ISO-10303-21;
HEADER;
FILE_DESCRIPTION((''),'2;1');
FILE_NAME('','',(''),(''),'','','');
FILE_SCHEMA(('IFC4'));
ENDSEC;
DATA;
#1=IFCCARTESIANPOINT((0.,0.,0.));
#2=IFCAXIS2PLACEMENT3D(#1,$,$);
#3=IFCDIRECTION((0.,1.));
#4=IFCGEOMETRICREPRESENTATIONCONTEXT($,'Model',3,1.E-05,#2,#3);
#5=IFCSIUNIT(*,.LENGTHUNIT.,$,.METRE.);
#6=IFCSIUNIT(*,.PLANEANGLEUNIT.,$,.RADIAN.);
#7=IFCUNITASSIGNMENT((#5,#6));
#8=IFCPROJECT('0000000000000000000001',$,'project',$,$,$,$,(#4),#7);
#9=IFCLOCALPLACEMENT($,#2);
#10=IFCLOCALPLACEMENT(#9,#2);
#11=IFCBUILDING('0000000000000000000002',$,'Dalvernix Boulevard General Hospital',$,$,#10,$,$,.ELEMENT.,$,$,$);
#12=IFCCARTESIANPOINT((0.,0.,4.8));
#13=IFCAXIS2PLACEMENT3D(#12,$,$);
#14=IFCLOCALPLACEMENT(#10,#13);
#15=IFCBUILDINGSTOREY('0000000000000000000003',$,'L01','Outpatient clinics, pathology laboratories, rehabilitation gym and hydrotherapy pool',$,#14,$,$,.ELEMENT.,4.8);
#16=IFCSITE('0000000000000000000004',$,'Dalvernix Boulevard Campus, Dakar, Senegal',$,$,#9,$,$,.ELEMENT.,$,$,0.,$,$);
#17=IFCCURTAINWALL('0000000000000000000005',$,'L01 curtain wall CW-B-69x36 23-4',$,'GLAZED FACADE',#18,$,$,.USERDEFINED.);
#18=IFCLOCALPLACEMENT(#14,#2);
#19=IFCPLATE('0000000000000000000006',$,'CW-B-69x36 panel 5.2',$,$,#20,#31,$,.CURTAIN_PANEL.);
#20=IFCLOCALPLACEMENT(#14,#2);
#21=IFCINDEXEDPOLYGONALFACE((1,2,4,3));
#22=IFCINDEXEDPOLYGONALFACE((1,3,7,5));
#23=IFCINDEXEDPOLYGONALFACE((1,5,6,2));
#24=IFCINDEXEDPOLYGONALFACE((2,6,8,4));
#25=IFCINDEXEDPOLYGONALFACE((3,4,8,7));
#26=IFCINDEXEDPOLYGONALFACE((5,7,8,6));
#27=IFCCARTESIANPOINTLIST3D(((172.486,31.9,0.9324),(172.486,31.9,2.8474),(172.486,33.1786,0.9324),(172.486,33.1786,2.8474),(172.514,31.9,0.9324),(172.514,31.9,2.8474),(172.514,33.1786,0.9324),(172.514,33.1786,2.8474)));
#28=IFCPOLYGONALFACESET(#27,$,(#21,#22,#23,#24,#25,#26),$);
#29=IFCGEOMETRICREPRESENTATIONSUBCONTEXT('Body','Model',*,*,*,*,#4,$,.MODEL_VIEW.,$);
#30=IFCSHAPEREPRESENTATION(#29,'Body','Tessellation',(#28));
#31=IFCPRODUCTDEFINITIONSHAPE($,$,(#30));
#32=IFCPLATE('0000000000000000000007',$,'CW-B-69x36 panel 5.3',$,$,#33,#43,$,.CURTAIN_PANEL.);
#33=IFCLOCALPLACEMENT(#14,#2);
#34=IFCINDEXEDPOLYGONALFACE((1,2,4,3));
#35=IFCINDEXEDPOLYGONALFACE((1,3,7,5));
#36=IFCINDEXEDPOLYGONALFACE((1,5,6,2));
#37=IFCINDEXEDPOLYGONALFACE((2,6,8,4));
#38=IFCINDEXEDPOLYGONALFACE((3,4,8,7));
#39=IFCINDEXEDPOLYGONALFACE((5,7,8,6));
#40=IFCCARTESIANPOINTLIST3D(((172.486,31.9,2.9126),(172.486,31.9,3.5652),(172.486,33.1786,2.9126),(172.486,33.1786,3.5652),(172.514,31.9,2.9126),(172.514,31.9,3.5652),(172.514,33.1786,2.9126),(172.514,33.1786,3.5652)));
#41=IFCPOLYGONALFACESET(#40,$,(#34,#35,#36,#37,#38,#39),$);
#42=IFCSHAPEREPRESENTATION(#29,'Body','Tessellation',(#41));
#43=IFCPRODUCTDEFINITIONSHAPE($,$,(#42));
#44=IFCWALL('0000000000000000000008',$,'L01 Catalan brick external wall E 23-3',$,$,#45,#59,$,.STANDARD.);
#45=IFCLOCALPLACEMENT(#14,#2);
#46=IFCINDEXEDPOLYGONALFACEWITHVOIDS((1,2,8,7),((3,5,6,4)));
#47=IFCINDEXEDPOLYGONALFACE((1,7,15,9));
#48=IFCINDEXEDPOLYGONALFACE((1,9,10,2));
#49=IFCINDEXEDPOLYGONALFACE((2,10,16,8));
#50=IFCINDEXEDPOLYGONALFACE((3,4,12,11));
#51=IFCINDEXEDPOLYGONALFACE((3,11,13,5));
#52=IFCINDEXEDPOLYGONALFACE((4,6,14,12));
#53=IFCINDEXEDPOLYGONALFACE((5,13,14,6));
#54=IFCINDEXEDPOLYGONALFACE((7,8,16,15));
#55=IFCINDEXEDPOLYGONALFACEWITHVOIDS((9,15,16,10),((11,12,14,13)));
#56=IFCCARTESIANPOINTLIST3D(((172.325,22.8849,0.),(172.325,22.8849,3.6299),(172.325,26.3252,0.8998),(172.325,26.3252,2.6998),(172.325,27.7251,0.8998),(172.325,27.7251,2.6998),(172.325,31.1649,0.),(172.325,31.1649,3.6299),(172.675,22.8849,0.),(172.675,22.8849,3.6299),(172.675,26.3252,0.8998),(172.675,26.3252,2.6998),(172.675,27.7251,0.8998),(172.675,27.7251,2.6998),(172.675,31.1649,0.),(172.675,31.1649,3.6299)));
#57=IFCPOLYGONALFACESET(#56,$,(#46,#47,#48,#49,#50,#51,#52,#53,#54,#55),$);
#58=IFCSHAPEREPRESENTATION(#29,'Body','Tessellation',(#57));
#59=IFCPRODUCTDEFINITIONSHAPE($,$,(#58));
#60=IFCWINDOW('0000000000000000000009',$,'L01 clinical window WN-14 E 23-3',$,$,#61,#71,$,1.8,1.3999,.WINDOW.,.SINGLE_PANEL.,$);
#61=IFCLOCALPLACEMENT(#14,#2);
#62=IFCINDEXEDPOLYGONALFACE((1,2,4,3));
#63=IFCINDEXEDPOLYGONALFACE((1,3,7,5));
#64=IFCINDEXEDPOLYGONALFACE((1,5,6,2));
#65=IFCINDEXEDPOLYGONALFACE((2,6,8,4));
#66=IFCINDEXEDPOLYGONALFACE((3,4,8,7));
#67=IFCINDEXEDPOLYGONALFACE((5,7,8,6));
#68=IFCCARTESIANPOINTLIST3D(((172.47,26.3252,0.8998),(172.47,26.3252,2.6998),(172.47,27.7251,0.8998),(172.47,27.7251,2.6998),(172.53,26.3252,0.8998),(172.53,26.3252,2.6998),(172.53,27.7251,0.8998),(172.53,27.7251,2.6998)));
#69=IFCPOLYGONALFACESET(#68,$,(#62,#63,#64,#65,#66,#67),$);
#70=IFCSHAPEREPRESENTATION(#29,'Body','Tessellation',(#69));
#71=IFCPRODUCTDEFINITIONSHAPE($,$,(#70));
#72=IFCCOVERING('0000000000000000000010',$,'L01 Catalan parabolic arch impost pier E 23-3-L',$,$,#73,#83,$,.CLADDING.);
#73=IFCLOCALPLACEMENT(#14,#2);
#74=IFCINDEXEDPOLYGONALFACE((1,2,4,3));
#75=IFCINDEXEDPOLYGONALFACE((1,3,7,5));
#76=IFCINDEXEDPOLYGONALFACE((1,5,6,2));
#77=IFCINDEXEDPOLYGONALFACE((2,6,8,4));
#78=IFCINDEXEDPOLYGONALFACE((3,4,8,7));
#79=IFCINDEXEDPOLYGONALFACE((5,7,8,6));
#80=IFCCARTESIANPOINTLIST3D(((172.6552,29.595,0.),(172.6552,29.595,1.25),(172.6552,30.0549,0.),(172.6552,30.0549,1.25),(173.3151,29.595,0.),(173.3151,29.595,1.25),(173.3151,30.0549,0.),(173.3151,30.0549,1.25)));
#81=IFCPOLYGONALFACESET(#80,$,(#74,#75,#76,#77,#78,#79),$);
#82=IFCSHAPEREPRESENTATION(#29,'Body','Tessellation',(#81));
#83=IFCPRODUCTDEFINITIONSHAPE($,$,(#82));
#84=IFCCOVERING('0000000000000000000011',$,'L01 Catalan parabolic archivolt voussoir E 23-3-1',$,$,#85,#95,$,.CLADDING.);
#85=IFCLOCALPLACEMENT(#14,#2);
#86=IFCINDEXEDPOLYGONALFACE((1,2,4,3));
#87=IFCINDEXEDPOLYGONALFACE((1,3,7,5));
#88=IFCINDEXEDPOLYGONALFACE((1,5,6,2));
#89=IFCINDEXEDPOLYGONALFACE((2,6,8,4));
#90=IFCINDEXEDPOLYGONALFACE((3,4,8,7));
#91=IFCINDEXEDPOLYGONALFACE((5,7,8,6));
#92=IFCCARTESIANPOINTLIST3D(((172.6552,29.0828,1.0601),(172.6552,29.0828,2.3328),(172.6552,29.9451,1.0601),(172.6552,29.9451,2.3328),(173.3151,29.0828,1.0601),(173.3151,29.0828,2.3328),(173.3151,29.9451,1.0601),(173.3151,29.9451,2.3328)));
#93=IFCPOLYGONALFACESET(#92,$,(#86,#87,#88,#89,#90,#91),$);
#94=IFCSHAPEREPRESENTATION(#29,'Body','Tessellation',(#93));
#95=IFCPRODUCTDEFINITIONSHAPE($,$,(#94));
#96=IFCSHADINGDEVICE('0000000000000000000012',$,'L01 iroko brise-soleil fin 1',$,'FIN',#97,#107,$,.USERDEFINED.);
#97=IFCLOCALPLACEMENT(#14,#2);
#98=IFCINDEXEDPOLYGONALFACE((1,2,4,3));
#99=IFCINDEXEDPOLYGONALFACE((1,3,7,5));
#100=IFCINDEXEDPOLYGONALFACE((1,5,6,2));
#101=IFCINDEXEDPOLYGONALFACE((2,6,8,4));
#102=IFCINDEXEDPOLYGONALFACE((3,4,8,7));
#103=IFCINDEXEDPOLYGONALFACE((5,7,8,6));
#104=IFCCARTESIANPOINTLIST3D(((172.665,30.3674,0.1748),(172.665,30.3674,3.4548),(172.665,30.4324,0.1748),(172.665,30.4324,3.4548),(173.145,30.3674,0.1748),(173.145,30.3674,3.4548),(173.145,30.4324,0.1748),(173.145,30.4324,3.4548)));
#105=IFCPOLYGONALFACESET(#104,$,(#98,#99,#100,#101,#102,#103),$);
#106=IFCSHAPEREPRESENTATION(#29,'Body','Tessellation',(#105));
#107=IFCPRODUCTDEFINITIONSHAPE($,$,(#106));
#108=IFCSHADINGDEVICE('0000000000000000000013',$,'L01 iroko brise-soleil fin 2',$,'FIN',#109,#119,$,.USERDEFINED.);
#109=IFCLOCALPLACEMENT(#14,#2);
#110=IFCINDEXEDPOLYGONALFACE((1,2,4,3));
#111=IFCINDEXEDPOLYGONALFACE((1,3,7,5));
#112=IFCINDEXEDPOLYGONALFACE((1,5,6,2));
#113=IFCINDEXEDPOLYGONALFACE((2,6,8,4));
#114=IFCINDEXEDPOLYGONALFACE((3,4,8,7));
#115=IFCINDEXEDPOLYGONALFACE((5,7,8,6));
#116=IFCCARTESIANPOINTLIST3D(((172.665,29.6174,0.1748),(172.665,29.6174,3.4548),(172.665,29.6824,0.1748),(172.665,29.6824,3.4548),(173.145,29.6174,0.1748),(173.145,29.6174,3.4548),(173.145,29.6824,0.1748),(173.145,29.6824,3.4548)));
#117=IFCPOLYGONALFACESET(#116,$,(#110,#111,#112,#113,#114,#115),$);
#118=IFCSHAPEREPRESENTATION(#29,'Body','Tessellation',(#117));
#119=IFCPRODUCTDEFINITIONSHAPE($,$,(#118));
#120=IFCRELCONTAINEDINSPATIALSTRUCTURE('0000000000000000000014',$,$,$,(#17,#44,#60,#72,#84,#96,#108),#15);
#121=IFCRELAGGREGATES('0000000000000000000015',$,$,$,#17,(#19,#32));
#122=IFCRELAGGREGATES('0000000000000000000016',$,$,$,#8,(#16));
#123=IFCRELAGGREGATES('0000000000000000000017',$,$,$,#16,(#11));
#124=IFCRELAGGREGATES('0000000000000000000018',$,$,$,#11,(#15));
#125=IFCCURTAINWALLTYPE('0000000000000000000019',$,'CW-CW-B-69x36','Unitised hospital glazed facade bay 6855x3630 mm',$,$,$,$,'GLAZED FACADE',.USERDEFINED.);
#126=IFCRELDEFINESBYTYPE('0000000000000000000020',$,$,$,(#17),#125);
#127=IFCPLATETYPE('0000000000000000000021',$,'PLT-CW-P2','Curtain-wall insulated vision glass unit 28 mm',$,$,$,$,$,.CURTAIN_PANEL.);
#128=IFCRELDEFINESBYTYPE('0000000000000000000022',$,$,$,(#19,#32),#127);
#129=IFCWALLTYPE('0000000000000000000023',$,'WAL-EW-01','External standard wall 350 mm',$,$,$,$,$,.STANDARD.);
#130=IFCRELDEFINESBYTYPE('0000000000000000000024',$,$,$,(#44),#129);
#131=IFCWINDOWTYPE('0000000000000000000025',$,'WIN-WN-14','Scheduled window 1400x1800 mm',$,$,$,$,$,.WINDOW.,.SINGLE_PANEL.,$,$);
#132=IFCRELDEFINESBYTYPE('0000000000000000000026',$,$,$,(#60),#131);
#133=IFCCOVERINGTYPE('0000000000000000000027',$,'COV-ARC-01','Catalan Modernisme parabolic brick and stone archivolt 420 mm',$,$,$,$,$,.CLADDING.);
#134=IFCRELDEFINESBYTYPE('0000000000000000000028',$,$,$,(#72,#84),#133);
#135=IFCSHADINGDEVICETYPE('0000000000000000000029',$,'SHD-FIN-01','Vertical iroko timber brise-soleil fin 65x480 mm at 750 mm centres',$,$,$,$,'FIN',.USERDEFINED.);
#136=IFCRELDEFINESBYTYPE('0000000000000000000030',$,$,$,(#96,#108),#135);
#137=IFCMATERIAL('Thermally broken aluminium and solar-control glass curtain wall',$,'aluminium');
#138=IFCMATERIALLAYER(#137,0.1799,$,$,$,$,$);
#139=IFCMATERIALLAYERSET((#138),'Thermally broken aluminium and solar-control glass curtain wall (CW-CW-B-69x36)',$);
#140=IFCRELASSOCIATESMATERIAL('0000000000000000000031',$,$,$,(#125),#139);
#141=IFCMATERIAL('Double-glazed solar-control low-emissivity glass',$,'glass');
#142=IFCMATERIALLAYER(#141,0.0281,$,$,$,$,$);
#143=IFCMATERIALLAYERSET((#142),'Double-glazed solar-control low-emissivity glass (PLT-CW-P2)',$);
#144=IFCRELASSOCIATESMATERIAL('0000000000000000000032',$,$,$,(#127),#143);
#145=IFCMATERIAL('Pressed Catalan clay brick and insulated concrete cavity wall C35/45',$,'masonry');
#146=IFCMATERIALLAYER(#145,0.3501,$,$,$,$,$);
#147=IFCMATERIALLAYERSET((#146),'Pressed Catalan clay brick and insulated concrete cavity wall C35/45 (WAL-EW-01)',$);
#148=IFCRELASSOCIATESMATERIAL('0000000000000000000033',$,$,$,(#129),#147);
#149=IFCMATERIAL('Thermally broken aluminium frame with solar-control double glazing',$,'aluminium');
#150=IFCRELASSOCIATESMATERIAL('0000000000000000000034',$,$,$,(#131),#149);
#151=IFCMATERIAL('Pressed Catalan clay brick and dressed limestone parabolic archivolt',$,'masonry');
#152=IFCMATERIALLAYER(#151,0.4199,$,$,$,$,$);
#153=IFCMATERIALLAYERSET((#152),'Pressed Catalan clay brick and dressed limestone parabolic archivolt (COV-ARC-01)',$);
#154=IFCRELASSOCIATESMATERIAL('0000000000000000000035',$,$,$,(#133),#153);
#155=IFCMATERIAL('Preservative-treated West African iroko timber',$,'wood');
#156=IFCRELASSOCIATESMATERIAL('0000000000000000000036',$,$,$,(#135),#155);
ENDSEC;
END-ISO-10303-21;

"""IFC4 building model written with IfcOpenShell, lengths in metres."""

from ifc_helpers import new_model, si_unit, direction, frame, frame_2d, origin, origin_2d, place, context, subcontext, project, spatial, rectangle, extrude, material, layer, layer_set, type_object, element, fill, aggregate, save


model = new_model("IFC4")

# Units and contexts
model_context = context("Model", 3, precision=1e-05, world=origin(), true_north=direction((0.0, 1.0)))
body_context = subcontext(model_context, "Body", "Model", "MODEL_VIEW")
ifc_project = project(units=[si_unit("LENGTHUNIT", "METRE"), si_unit("PLANEANGLEUNIT", "RADIAN")], contexts=[model_context])

# Site, building, storey
site_placement = place(None, origin())
site = spatial("IfcSite", under=ifc_project, at=site_placement, Name="Dalvernix Boulevard Campus, Dakar, Senegal", CompositionType="ELEMENT", RefElevation=0.0)
building_placement = place(site_placement, origin())
building = spatial("IfcBuilding", under=site, at=building_placement, Name="Dalvernix Boulevard General Hospital", CompositionType="ELEMENT")
storey_placement = place(building_placement, frame((0.0, 0.0, 4.8)))
storey = spatial("IfcBuildingStorey", under=building, at=storey_placement, Name="L01", Description="Outpatient clinics, pathology laboratories, rehabilitation gym and hydrotherapy pool", CompositionType="ELEMENT", Elevation=4.8)

# Curtain wall, plates
ifc_material_1 = material(Name="Thermally broken aluminium and solar-control glass curtain wall", Category="aluminium")
ifc_layer_1 = layer(ifc_material_1, 0.1799)
ifc_layer_set_1 = layer_set([ifc_layer_1], Name="Thermally broken aluminium and solar-control glass curtain wall (CW-CW-B-69x36)")
curtain_wall_type = type_object("IfcCurtainWallType", Name="CW-CW-B-69x36", Description="Unitised hospital glazed facade bay 6855x3630 mm", ElementType="GLAZED FACADE", PredefinedType="USERDEFINED", material=ifc_layer_set_1)
curtain_wall_placement = place(storey_placement, origin())
curtain_wall = element("IfcCurtainWall", 1, at=curtain_wall_placement, inside=storey, type_object=curtain_wall_type, Name="L01 curtain wall CW-B-69x36 23-4", ObjectType="GLAZED FACADE", PredefinedType="USERDEFINED")
ifc_material_2 = material(Name="Double-glazed solar-control low-emissivity glass", Category="glass")
ifc_layer_2 = layer(ifc_material_2, 0.0281)
ifc_layer_set_2 = layer_set([ifc_layer_2], Name="Double-glazed solar-control low-emissivity glass (PLT-CW-P2)")
plate_type = type_object("IfcPlateType", Name="PLT-CW-P2", Description="Curtain-wall insulated vision glass unit 28 mm", PredefinedType="CURTAIN_PANEL", material=ifc_layer_set_2)
plate_1_placement = place(storey_placement, frame((172.5, 32.5393, 0.9324), z_axis=(0.0, 0.0, 1.0), x_axis=(0.0, -1.0, 0.0)))
plate_1 = element("IfcPlate", 2, at=plate_1_placement, type_object=plate_type, Name="CW-B-69x36 panel 5.2", PredefinedType="CURTAIN_PANEL", context=body_context, shape_type="SweptSolid", body=[
    extrude(rectangle(XDim=1.2786, YDim=0.0281, at=origin_2d()), origin(), (0.0, 0.0, 1.0), 1.915),
])
plate_2_placement = place(storey_placement, frame((172.5, 32.5393, 2.9126), z_axis=(0.0, 0.0, 1.0), x_axis=(0.0, -1.0, 0.0)))
plate_2 = element("IfcPlate", 3, at=plate_2_placement, type_object=plate_type, Name="CW-B-69x36 panel 5.3", PredefinedType="CURTAIN_PANEL", context=body_context, shape_type="SweptSolid", body=[
    extrude(rectangle(XDim=1.2786, YDim=0.0281, at=origin_2d()), origin(), (0.0, 0.0, 1.0), 0.6526),
])
aggregate(curtain_wall, [plate_1, plate_2])

# Wall, opening, window
ifc_material_3 = material(Name="Pressed Catalan clay brick and insulated concrete cavity wall C35/45", Category="masonry")
ifc_layer_3 = layer(ifc_material_3, 0.3501)
ifc_layer_set_3 = layer_set([ifc_layer_3], Name="Pressed Catalan clay brick and insulated concrete cavity wall C35/45 (WAL-EW-01)")
wall_type = type_object("IfcWallType", Name="WAL-EW-01", Description="External standard wall 350 mm", PredefinedType="STANDARD", material=ifc_layer_set_3)
wall_placement = place(storey_placement, frame((172.5, 31.165, 0.0), z_axis=(0.0, 0.0, 1.0), x_axis=(0.0, -1.0, 0.0)))
wall = element("IfcWall", 4, at=wall_placement, inside=storey, type_object=wall_type, Name="L01 Catalan brick external wall E 23-3", PredefinedType="STANDARD", context=body_context, shape_type="SweptSolid", body=[
    extrude(rectangle(XDim=8.28, YDim=0.3501, at=frame_2d((4.1401, 0.0))), origin(), (0.0, 0.0, 1.0), 3.6299),
])
opening_placement = place(wall_placement, frame((3.4399, 0.0, 0.8999)))
opening = element("IfcOpeningElement", 5, at=opening_placement, cuts=wall, PredefinedType="OPENING", context=body_context, shape_type="SweptSolid", body=[
    extrude(rectangle(XDim=1.3999, YDim=1.8, at=frame_2d((0.7, 0.8999))), frame((0.0, 0.1851, 0.0), z_axis=(0.0, -1.0, 0.0), x_axis=(1.0, 0.0, 0.0)), (0.0, 0.0, 1.0), 0.3701),
])
ifc_material_4 = material(Name="Thermally broken aluminium frame with solar-control double glazing", Category="aluminium")
window_type = type_object("IfcWindowType", Name="WIN-WN-14", Description="Scheduled window 1400x1800 mm", PartitioningType="SINGLE_PANEL", PredefinedType="WINDOW", material=ifc_material_4)
window_placement = place(opening_placement, origin())
window = element("IfcWindow", 6, at=window_placement, inside=storey, type_object=window_type, Name="L01 clinical window WN-14 E 23-3", OverallHeight=1.8, OverallWidth=1.3999, PartitioningType="SINGLE_PANEL", PredefinedType="WINDOW", context=body_context, shape_type="SweptSolid", body=[
    extrude(rectangle(XDim=1.3999, YDim=1.8, at=frame_2d((0.7, 0.8999))), frame((0.0, 0.03, 0.0), z_axis=(0.0, -1.0, 0.0), x_axis=(1.0, 0.0, 0.0)), (0.0, 0.0, 1.0), 0.0601),
])
fill(opening, window)

# Coverings
ifc_material_5 = material(Name="Pressed Catalan clay brick and dressed limestone parabolic archivolt", Category="masonry")
ifc_layer_4 = layer(ifc_material_5, 0.4199)
ifc_layer_set_4 = layer_set([ifc_layer_4], Name="Pressed Catalan clay brick and dressed limestone parabolic archivolt (COV-ARC-01)")
covering_type = type_object("IfcCoveringType", Name="COV-ARC-01", Description="Catalan Modernisme parabolic brick and stone archivolt 420 mm", PredefinedType="CLADDING", material=ifc_layer_set_4)
covering_1_placement = place(storey_placement, frame((172.9851, 29.825, 0.0), z_axis=(0.0, 0.0, 1.0), x_axis=(0.0, -1.0, 0.0)))
element("IfcCovering", 7, at=covering_1_placement, inside=storey, type_object=covering_type, Name="L01 Catalan parabolic arch impost pier E 23-3-L", PredefinedType="CLADDING", context=body_context, shape_type="SweptSolid", body=[
    extrude(rectangle(XDim=0.46, YDim=0.6599, at=origin_2d()), origin(), (0.0, 0.0, 1.0), 1.25),
])
covering_2_placement = place(storey_placement, frame((172.9851, 29.5139, 1.0601), z_axis=(0.0, 0.0, 1.0), x_axis=(0.0, -1.0, 0.0)))
element("IfcCovering", 8, at=covering_2_placement, inside=storey, type_object=covering_type, Name="L01 Catalan parabolic archivolt voussoir E 23-3-1", PredefinedType="CLADDING", context=body_context, shape_type="SweptSolid", body=[
    extrude(rectangle(XDim=0.8623, YDim=0.6599, at=origin_2d()), origin(), (0.0, 0.0, 1.0), 1.2727),
])

# Shading devices
ifc_material_6 = material(Name="Preservative-treated West African iroko timber", Category="wood")
shading_device_type = type_object("IfcShadingDeviceType", Name="SHD-FIN-01", Description="Vertical iroko timber brise-soleil fin 65x480 mm at 750 mm centres", ElementType="FIN", PredefinedType="USERDEFINED", material=ifc_material_6)
for number, where, z_axis, x_axis, name in (
    (9, (172.905, 30.3999, 0.1748), (0.0, 0.0, 1.0), (0.0, -1.0, 0.0), "L01 iroko brise-soleil fin 1"),
    (10, (172.905, 29.6499, 0.1748), (0.0, 0.0, 1.0), (0.0, -1.0, 0.0), "L01 iroko brise-soleil fin 2"),
):
    element("IfcShadingDevice", number, at=place(storey_placement, frame(where, z_axis=z_axis, x_axis=x_axis)), inside=storey, type_object=shading_device_type, Name=name, ObjectType="FIN", PredefinedType="USERDEFINED", context=body_context, shape_type="SweptSolid", body=[
        extrude(rectangle(XDim=0.0649, YDim=0.48, at=origin_2d()), origin(), (0.0, 0.0, 1.0), 3.28),
    ])

save(model, "model.ifc")
